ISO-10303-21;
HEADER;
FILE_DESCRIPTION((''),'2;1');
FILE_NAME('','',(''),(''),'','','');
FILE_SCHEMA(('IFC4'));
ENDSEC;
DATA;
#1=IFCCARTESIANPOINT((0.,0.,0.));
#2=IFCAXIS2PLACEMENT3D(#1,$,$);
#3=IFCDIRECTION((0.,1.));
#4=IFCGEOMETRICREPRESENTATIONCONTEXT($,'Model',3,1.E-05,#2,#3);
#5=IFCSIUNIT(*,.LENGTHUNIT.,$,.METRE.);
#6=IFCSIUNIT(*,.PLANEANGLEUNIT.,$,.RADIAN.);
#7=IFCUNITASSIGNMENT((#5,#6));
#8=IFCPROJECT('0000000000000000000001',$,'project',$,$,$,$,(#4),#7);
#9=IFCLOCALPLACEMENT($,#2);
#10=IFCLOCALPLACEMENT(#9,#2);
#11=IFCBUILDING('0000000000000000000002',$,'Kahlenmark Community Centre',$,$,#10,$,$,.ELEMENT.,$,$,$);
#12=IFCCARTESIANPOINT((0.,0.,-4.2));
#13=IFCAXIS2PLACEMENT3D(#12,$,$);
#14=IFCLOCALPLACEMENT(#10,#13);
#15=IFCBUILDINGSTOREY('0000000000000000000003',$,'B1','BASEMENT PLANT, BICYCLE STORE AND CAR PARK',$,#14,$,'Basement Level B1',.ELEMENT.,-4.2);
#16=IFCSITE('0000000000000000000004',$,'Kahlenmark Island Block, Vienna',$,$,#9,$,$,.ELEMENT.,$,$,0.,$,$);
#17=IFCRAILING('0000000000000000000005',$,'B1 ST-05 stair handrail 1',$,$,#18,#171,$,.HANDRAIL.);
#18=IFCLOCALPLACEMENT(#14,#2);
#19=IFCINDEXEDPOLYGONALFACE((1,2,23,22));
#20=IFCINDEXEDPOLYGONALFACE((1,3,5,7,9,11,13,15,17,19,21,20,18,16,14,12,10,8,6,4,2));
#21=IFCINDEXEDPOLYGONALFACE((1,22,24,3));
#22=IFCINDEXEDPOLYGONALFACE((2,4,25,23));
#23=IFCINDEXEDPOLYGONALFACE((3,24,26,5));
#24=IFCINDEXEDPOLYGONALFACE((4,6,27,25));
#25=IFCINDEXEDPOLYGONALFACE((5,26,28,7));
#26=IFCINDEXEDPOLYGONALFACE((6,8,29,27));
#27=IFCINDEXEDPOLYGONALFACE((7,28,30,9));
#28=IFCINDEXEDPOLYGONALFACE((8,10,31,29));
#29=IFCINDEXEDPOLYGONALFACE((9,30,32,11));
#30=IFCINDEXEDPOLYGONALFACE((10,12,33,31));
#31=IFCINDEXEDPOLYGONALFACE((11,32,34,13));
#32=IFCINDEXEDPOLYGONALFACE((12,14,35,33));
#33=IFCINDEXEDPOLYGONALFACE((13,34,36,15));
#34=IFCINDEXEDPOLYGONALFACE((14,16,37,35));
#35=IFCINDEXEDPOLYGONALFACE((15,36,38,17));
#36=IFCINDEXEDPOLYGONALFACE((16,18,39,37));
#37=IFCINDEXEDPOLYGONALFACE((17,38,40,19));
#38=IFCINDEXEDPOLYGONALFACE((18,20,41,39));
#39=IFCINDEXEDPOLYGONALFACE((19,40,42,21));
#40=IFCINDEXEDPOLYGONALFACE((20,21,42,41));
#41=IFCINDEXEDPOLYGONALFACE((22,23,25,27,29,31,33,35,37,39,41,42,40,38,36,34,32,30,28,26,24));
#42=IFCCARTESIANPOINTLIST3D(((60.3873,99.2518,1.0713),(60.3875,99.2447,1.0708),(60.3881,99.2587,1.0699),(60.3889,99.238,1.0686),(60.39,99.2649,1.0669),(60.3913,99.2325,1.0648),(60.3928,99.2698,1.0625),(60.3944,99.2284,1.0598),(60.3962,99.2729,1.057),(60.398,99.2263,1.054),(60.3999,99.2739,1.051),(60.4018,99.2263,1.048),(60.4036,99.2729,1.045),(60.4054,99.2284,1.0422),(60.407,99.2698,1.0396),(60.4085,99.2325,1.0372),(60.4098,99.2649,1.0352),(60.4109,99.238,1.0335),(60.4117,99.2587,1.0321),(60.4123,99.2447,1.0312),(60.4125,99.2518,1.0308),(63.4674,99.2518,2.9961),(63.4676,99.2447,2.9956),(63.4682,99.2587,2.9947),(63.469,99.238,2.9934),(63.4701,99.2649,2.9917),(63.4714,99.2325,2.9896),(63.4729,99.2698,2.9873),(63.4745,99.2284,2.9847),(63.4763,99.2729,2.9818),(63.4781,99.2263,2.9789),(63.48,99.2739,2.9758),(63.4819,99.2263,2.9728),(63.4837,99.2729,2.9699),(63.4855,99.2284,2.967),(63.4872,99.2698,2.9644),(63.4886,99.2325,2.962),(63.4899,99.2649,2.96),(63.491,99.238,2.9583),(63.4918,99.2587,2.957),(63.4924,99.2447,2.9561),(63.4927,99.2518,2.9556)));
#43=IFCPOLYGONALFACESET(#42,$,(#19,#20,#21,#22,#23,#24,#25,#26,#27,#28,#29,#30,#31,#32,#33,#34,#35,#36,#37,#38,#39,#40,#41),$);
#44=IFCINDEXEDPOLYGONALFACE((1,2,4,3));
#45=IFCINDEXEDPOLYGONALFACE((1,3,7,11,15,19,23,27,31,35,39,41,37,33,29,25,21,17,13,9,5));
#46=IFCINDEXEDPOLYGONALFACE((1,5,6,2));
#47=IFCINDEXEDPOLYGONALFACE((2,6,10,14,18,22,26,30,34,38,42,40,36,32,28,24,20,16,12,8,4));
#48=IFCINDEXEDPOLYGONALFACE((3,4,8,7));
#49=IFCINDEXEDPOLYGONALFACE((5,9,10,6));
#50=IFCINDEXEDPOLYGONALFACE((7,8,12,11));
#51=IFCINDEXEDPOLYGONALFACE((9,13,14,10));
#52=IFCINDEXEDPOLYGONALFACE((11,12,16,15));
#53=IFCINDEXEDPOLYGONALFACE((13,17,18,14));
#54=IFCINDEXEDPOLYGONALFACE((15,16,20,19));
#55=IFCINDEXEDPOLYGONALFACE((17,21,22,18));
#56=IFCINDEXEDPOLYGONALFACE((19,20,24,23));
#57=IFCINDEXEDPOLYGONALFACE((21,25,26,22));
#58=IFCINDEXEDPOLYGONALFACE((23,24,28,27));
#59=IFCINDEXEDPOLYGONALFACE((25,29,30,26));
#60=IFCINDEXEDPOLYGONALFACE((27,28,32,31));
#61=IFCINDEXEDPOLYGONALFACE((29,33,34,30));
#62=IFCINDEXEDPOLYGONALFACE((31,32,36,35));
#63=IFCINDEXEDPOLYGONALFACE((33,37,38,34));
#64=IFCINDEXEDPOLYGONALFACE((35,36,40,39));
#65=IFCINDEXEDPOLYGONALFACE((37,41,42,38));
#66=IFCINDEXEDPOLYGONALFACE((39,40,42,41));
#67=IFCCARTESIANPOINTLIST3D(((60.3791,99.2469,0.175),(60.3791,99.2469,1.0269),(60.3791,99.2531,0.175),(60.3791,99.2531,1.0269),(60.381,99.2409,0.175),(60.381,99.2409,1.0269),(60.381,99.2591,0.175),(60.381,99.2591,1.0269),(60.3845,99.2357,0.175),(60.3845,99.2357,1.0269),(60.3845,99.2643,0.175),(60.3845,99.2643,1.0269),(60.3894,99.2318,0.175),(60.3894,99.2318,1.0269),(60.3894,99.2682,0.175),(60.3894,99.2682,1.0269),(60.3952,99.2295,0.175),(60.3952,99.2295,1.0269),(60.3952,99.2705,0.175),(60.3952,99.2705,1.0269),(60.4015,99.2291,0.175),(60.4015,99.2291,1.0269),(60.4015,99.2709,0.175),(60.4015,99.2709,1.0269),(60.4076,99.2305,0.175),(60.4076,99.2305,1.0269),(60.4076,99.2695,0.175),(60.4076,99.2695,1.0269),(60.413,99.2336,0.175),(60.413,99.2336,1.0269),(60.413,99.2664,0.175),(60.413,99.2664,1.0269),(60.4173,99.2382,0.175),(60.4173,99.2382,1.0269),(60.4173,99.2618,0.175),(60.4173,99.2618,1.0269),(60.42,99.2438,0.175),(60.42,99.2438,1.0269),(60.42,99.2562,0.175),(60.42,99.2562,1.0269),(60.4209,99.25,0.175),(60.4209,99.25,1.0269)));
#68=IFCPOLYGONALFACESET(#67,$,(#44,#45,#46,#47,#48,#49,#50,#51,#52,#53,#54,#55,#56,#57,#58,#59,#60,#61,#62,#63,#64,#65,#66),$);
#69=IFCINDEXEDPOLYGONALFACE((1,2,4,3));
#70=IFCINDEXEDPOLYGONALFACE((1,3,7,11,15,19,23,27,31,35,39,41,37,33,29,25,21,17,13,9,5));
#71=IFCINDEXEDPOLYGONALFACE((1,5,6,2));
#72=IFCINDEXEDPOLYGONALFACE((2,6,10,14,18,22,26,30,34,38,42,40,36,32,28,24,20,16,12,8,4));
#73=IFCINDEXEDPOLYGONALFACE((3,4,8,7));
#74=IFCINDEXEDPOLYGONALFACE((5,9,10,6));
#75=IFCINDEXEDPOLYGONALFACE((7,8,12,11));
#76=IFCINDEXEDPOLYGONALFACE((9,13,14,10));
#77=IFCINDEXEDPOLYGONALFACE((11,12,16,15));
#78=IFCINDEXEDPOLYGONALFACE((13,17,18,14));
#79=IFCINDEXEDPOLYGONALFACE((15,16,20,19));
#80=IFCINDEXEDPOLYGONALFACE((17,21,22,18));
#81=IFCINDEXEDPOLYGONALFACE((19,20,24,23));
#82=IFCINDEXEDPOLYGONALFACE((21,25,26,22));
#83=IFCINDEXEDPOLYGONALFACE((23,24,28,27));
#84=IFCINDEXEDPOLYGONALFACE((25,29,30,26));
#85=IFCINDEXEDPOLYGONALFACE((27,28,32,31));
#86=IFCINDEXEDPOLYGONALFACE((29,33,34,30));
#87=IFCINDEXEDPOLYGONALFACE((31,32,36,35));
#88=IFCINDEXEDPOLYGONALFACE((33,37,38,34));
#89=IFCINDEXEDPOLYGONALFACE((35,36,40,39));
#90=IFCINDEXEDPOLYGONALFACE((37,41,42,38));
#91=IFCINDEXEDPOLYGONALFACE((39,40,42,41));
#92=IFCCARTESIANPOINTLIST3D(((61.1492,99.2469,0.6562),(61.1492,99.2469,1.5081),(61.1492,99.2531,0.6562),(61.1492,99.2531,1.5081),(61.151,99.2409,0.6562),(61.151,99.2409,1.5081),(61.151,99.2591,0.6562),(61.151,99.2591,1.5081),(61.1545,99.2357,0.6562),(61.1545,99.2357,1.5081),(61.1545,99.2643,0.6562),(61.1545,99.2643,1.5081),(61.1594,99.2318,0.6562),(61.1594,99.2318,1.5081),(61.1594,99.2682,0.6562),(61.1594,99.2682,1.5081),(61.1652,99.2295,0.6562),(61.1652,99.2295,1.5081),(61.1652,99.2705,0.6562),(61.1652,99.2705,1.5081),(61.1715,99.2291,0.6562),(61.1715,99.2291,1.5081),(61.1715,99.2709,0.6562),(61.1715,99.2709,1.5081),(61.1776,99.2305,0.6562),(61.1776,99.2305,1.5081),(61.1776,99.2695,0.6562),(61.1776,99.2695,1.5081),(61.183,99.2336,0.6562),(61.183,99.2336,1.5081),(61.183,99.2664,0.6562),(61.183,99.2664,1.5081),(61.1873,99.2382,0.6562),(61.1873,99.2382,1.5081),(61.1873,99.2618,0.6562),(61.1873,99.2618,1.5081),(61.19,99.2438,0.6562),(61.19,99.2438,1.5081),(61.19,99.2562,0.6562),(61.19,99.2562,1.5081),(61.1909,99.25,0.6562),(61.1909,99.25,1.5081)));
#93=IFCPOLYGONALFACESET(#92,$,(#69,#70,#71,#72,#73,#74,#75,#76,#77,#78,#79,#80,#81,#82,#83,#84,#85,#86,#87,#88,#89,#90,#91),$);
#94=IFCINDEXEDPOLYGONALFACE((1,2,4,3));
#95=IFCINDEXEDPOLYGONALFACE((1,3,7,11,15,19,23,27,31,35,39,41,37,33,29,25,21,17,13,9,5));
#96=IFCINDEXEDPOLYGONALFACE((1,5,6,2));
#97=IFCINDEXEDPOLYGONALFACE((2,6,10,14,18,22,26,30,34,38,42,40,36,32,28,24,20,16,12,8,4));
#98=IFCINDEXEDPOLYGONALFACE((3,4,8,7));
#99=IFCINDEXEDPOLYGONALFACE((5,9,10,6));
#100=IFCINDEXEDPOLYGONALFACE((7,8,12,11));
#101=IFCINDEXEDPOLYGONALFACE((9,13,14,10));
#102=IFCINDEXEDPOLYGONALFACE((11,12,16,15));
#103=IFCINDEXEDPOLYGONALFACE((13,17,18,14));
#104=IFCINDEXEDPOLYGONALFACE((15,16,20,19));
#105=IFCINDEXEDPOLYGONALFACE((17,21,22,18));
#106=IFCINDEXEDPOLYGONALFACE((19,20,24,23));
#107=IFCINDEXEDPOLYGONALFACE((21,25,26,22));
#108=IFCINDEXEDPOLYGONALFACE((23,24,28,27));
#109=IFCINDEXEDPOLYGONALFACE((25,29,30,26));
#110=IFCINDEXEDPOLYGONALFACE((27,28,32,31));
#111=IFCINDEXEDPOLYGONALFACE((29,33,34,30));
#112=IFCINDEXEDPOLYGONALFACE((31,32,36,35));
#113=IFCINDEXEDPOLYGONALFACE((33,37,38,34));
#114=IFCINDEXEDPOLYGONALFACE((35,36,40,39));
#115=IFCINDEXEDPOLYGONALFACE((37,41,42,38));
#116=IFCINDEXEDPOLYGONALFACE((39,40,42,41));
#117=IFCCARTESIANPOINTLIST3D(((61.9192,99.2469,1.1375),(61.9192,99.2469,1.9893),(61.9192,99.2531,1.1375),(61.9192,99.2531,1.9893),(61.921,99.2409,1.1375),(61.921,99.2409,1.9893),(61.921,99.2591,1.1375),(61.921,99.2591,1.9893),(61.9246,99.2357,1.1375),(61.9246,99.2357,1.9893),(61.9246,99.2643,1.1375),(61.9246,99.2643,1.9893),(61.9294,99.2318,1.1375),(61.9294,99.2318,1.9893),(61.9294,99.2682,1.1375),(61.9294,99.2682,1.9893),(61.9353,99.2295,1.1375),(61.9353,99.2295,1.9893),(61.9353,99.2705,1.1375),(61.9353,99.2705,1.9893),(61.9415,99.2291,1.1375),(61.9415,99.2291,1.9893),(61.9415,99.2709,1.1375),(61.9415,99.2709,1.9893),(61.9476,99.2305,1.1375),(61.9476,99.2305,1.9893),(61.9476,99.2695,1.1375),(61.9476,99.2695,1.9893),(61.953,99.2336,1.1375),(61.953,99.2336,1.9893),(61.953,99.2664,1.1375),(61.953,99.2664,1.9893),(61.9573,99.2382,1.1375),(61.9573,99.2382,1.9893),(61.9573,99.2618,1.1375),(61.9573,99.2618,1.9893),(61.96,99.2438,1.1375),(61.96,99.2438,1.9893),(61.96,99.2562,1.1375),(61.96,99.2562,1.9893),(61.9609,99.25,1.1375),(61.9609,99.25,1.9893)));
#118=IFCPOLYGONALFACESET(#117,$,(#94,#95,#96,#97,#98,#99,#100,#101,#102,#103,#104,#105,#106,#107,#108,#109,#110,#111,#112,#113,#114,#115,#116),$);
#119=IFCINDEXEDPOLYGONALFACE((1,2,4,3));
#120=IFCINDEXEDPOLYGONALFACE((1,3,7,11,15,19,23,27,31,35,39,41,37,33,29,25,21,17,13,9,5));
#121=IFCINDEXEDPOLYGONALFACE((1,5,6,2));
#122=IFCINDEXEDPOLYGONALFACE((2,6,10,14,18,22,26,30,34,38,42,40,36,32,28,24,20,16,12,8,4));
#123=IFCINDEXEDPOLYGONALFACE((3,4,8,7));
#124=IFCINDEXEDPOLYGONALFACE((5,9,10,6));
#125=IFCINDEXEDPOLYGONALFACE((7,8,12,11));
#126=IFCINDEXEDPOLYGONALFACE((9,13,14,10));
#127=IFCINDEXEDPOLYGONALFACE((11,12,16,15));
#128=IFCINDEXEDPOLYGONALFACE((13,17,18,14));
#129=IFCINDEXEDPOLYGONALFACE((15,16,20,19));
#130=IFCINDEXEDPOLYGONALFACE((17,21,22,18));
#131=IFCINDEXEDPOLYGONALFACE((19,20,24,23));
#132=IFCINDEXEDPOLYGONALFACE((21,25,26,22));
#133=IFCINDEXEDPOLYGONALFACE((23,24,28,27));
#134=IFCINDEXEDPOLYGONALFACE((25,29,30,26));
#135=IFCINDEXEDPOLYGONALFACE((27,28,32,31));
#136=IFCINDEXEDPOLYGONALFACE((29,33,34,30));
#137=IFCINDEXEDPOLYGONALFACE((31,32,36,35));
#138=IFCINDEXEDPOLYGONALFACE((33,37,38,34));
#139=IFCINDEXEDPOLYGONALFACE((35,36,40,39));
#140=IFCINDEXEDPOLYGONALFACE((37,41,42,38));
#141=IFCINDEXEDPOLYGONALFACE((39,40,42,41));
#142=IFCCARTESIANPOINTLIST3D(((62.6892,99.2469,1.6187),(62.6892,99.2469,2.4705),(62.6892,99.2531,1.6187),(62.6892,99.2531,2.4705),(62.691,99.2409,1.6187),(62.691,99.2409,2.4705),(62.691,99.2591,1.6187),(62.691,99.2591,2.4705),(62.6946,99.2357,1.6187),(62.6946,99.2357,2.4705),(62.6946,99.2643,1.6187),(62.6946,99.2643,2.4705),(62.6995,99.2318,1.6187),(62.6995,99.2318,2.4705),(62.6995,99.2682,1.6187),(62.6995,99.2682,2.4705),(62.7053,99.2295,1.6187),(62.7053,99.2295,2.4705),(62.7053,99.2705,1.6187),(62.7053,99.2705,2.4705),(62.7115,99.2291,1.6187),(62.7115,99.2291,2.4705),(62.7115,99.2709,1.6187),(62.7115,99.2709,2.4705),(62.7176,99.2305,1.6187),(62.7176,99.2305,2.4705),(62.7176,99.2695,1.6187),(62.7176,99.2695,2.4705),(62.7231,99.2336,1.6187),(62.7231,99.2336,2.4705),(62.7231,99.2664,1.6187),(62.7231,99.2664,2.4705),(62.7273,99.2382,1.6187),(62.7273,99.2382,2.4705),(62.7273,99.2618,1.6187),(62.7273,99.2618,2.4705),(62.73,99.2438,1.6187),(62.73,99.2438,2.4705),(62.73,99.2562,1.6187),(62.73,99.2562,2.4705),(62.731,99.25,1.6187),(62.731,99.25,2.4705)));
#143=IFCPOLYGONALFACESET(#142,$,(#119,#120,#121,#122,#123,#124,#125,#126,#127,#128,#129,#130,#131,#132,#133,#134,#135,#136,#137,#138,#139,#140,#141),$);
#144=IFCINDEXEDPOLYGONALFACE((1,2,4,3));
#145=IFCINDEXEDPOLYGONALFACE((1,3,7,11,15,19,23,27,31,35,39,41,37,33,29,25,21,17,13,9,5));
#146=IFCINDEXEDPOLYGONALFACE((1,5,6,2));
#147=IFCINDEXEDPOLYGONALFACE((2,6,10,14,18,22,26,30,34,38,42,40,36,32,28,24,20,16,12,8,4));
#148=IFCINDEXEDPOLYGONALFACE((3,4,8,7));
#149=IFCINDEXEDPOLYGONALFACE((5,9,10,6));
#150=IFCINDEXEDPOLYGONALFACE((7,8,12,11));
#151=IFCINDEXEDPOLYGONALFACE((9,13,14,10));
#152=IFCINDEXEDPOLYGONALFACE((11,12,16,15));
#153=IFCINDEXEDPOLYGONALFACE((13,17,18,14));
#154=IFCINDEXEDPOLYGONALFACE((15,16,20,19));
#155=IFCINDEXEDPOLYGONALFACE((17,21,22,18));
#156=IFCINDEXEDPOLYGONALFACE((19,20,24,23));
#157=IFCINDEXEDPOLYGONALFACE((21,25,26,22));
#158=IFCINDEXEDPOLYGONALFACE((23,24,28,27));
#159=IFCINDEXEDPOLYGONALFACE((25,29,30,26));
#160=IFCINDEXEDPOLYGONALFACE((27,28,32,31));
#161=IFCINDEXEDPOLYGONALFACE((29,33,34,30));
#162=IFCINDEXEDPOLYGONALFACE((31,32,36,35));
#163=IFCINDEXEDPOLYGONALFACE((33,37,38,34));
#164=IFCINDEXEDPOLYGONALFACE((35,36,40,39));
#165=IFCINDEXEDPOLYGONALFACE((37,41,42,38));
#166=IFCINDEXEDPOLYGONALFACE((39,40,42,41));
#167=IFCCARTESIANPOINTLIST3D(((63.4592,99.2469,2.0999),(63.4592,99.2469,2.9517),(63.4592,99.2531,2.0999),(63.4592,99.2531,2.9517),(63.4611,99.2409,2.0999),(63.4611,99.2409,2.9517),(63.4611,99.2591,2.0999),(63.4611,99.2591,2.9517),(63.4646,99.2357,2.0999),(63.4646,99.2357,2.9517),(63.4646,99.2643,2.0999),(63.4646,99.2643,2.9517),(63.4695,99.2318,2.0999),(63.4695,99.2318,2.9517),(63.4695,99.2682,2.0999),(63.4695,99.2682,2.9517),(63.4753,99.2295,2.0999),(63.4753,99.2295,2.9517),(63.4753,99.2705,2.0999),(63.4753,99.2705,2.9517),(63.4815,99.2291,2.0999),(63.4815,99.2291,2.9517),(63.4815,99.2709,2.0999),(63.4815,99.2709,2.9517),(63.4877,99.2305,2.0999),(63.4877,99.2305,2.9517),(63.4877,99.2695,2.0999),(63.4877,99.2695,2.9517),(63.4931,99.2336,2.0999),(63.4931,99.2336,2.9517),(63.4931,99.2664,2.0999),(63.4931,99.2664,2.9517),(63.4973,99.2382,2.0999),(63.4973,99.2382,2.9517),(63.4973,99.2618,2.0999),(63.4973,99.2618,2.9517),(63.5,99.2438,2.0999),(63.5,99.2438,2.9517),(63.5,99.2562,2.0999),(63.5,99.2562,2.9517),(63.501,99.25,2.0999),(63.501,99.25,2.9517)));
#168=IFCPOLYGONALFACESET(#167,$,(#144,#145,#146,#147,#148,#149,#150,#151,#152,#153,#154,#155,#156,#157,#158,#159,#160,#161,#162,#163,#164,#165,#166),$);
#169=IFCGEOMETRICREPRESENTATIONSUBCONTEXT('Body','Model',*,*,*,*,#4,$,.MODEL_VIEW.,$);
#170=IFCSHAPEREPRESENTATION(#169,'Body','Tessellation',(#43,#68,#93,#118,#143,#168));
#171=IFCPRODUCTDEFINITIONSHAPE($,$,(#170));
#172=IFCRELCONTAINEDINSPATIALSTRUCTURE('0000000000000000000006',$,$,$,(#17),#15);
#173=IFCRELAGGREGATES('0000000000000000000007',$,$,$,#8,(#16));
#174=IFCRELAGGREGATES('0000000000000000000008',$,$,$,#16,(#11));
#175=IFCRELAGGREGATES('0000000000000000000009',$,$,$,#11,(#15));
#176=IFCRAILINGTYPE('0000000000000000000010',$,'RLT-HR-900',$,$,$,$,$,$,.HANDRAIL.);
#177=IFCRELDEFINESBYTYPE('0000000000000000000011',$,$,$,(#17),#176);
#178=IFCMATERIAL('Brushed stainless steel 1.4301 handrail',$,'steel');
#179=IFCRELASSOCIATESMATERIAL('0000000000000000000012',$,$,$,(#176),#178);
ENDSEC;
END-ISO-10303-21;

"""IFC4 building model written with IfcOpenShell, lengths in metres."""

from ifc_helpers import new_model, si_unit, direction, frame, origin, origin_2d, place, context, subcontext, project, spatial, circle, extrude, material, type_object, element, save


model = new_model("IFC4")

# Units and contexts
model_context = context("Model", 3, precision=1e-05, world=origin(), true_north=direction((0.0, 1.0)))
body_context = subcontext(model_context, "Body", "Model", "MODEL_VIEW")
ifc_project = project(units=[si_unit("LENGTHUNIT", "METRE"), si_unit("PLANEANGLEUNIT", "RADIAN")], contexts=[model_context])

# Site, building, storey
site_placement = place(None, origin())
site = spatial("IfcSite", under=ifc_project, at=site_placement, Name="Kahlenmark Island Block, Vienna", CompositionType="ELEMENT", RefElevation=0.0)
building_placement = place(site_placement, origin())
building = spatial("IfcBuilding", under=site, at=building_placement, Name="Kahlenmark Community Centre", CompositionType="ELEMENT")
storey_placement = place(building_placement, frame((0.0, 0.0, -4.2)))
storey = spatial("IfcBuildingStorey", under=building, at=storey_placement, Name="B1", Description="BASEMENT PLANT, BICYCLE STORE AND CAR PARK", LongName="Basement Level B1", CompositionType="ELEMENT", Elevation=-4.2)

# Railing
ifc_material_1 = material(Name="Brushed stainless steel 1.4301 handrail", Category="steel")
railing_type_1 = type_object("IfcRailingType", Name="RLT-HR-900", PredefinedType="HANDRAIL", material=ifc_material_1)
railing_1_placement = place(storey_placement, frame((60.3999, 99.25, 0.175)))
element("IfcRailing", 1, at=railing_1_placement, inside=storey, type_object=railing_type_1, Name="B1 ST-05 stair handrail 1", PredefinedType="HANDRAIL", context=body_context, shape_type="SweptSolid", body=[
    extrude(circle(Radius=0.0239, at=origin_2d()), frame((0.0, 0.0, 0.876), z_axis=(0.848029, 0.0, 0.529951), x_axis=(0.0, 1.0, 0.0)), (0.0, 0.0, 1.0), 3.6321),
    extrude(circle(Radius=0.021, at=origin_2d()), origin(), (0.0, 0.0, 1.0), 0.8518),
    extrude(circle(Radius=0.021, at=origin_2d()), frame((0.77, 0.0, 0.4812)), (0.0, 0.0, 1.0), 0.8518),
    extrude(circle(Radius=0.021, at=origin_2d()), frame((1.54, 0.0, 0.9624)), (0.0, 0.0, 1.0), 0.8518),
    extrude(circle(Radius=0.021, at=origin_2d()), frame((2.3101, 0.0, 1.4436)), (0.0, 0.0, 1.0), 0.8518),
    extrude(circle(Radius=0.021, at=origin_2d()), frame((3.0801, 0.0, 1.9248)), (0.0, 0.0, 1.0), 0.8518),
])

save(model, "model.ifc")
